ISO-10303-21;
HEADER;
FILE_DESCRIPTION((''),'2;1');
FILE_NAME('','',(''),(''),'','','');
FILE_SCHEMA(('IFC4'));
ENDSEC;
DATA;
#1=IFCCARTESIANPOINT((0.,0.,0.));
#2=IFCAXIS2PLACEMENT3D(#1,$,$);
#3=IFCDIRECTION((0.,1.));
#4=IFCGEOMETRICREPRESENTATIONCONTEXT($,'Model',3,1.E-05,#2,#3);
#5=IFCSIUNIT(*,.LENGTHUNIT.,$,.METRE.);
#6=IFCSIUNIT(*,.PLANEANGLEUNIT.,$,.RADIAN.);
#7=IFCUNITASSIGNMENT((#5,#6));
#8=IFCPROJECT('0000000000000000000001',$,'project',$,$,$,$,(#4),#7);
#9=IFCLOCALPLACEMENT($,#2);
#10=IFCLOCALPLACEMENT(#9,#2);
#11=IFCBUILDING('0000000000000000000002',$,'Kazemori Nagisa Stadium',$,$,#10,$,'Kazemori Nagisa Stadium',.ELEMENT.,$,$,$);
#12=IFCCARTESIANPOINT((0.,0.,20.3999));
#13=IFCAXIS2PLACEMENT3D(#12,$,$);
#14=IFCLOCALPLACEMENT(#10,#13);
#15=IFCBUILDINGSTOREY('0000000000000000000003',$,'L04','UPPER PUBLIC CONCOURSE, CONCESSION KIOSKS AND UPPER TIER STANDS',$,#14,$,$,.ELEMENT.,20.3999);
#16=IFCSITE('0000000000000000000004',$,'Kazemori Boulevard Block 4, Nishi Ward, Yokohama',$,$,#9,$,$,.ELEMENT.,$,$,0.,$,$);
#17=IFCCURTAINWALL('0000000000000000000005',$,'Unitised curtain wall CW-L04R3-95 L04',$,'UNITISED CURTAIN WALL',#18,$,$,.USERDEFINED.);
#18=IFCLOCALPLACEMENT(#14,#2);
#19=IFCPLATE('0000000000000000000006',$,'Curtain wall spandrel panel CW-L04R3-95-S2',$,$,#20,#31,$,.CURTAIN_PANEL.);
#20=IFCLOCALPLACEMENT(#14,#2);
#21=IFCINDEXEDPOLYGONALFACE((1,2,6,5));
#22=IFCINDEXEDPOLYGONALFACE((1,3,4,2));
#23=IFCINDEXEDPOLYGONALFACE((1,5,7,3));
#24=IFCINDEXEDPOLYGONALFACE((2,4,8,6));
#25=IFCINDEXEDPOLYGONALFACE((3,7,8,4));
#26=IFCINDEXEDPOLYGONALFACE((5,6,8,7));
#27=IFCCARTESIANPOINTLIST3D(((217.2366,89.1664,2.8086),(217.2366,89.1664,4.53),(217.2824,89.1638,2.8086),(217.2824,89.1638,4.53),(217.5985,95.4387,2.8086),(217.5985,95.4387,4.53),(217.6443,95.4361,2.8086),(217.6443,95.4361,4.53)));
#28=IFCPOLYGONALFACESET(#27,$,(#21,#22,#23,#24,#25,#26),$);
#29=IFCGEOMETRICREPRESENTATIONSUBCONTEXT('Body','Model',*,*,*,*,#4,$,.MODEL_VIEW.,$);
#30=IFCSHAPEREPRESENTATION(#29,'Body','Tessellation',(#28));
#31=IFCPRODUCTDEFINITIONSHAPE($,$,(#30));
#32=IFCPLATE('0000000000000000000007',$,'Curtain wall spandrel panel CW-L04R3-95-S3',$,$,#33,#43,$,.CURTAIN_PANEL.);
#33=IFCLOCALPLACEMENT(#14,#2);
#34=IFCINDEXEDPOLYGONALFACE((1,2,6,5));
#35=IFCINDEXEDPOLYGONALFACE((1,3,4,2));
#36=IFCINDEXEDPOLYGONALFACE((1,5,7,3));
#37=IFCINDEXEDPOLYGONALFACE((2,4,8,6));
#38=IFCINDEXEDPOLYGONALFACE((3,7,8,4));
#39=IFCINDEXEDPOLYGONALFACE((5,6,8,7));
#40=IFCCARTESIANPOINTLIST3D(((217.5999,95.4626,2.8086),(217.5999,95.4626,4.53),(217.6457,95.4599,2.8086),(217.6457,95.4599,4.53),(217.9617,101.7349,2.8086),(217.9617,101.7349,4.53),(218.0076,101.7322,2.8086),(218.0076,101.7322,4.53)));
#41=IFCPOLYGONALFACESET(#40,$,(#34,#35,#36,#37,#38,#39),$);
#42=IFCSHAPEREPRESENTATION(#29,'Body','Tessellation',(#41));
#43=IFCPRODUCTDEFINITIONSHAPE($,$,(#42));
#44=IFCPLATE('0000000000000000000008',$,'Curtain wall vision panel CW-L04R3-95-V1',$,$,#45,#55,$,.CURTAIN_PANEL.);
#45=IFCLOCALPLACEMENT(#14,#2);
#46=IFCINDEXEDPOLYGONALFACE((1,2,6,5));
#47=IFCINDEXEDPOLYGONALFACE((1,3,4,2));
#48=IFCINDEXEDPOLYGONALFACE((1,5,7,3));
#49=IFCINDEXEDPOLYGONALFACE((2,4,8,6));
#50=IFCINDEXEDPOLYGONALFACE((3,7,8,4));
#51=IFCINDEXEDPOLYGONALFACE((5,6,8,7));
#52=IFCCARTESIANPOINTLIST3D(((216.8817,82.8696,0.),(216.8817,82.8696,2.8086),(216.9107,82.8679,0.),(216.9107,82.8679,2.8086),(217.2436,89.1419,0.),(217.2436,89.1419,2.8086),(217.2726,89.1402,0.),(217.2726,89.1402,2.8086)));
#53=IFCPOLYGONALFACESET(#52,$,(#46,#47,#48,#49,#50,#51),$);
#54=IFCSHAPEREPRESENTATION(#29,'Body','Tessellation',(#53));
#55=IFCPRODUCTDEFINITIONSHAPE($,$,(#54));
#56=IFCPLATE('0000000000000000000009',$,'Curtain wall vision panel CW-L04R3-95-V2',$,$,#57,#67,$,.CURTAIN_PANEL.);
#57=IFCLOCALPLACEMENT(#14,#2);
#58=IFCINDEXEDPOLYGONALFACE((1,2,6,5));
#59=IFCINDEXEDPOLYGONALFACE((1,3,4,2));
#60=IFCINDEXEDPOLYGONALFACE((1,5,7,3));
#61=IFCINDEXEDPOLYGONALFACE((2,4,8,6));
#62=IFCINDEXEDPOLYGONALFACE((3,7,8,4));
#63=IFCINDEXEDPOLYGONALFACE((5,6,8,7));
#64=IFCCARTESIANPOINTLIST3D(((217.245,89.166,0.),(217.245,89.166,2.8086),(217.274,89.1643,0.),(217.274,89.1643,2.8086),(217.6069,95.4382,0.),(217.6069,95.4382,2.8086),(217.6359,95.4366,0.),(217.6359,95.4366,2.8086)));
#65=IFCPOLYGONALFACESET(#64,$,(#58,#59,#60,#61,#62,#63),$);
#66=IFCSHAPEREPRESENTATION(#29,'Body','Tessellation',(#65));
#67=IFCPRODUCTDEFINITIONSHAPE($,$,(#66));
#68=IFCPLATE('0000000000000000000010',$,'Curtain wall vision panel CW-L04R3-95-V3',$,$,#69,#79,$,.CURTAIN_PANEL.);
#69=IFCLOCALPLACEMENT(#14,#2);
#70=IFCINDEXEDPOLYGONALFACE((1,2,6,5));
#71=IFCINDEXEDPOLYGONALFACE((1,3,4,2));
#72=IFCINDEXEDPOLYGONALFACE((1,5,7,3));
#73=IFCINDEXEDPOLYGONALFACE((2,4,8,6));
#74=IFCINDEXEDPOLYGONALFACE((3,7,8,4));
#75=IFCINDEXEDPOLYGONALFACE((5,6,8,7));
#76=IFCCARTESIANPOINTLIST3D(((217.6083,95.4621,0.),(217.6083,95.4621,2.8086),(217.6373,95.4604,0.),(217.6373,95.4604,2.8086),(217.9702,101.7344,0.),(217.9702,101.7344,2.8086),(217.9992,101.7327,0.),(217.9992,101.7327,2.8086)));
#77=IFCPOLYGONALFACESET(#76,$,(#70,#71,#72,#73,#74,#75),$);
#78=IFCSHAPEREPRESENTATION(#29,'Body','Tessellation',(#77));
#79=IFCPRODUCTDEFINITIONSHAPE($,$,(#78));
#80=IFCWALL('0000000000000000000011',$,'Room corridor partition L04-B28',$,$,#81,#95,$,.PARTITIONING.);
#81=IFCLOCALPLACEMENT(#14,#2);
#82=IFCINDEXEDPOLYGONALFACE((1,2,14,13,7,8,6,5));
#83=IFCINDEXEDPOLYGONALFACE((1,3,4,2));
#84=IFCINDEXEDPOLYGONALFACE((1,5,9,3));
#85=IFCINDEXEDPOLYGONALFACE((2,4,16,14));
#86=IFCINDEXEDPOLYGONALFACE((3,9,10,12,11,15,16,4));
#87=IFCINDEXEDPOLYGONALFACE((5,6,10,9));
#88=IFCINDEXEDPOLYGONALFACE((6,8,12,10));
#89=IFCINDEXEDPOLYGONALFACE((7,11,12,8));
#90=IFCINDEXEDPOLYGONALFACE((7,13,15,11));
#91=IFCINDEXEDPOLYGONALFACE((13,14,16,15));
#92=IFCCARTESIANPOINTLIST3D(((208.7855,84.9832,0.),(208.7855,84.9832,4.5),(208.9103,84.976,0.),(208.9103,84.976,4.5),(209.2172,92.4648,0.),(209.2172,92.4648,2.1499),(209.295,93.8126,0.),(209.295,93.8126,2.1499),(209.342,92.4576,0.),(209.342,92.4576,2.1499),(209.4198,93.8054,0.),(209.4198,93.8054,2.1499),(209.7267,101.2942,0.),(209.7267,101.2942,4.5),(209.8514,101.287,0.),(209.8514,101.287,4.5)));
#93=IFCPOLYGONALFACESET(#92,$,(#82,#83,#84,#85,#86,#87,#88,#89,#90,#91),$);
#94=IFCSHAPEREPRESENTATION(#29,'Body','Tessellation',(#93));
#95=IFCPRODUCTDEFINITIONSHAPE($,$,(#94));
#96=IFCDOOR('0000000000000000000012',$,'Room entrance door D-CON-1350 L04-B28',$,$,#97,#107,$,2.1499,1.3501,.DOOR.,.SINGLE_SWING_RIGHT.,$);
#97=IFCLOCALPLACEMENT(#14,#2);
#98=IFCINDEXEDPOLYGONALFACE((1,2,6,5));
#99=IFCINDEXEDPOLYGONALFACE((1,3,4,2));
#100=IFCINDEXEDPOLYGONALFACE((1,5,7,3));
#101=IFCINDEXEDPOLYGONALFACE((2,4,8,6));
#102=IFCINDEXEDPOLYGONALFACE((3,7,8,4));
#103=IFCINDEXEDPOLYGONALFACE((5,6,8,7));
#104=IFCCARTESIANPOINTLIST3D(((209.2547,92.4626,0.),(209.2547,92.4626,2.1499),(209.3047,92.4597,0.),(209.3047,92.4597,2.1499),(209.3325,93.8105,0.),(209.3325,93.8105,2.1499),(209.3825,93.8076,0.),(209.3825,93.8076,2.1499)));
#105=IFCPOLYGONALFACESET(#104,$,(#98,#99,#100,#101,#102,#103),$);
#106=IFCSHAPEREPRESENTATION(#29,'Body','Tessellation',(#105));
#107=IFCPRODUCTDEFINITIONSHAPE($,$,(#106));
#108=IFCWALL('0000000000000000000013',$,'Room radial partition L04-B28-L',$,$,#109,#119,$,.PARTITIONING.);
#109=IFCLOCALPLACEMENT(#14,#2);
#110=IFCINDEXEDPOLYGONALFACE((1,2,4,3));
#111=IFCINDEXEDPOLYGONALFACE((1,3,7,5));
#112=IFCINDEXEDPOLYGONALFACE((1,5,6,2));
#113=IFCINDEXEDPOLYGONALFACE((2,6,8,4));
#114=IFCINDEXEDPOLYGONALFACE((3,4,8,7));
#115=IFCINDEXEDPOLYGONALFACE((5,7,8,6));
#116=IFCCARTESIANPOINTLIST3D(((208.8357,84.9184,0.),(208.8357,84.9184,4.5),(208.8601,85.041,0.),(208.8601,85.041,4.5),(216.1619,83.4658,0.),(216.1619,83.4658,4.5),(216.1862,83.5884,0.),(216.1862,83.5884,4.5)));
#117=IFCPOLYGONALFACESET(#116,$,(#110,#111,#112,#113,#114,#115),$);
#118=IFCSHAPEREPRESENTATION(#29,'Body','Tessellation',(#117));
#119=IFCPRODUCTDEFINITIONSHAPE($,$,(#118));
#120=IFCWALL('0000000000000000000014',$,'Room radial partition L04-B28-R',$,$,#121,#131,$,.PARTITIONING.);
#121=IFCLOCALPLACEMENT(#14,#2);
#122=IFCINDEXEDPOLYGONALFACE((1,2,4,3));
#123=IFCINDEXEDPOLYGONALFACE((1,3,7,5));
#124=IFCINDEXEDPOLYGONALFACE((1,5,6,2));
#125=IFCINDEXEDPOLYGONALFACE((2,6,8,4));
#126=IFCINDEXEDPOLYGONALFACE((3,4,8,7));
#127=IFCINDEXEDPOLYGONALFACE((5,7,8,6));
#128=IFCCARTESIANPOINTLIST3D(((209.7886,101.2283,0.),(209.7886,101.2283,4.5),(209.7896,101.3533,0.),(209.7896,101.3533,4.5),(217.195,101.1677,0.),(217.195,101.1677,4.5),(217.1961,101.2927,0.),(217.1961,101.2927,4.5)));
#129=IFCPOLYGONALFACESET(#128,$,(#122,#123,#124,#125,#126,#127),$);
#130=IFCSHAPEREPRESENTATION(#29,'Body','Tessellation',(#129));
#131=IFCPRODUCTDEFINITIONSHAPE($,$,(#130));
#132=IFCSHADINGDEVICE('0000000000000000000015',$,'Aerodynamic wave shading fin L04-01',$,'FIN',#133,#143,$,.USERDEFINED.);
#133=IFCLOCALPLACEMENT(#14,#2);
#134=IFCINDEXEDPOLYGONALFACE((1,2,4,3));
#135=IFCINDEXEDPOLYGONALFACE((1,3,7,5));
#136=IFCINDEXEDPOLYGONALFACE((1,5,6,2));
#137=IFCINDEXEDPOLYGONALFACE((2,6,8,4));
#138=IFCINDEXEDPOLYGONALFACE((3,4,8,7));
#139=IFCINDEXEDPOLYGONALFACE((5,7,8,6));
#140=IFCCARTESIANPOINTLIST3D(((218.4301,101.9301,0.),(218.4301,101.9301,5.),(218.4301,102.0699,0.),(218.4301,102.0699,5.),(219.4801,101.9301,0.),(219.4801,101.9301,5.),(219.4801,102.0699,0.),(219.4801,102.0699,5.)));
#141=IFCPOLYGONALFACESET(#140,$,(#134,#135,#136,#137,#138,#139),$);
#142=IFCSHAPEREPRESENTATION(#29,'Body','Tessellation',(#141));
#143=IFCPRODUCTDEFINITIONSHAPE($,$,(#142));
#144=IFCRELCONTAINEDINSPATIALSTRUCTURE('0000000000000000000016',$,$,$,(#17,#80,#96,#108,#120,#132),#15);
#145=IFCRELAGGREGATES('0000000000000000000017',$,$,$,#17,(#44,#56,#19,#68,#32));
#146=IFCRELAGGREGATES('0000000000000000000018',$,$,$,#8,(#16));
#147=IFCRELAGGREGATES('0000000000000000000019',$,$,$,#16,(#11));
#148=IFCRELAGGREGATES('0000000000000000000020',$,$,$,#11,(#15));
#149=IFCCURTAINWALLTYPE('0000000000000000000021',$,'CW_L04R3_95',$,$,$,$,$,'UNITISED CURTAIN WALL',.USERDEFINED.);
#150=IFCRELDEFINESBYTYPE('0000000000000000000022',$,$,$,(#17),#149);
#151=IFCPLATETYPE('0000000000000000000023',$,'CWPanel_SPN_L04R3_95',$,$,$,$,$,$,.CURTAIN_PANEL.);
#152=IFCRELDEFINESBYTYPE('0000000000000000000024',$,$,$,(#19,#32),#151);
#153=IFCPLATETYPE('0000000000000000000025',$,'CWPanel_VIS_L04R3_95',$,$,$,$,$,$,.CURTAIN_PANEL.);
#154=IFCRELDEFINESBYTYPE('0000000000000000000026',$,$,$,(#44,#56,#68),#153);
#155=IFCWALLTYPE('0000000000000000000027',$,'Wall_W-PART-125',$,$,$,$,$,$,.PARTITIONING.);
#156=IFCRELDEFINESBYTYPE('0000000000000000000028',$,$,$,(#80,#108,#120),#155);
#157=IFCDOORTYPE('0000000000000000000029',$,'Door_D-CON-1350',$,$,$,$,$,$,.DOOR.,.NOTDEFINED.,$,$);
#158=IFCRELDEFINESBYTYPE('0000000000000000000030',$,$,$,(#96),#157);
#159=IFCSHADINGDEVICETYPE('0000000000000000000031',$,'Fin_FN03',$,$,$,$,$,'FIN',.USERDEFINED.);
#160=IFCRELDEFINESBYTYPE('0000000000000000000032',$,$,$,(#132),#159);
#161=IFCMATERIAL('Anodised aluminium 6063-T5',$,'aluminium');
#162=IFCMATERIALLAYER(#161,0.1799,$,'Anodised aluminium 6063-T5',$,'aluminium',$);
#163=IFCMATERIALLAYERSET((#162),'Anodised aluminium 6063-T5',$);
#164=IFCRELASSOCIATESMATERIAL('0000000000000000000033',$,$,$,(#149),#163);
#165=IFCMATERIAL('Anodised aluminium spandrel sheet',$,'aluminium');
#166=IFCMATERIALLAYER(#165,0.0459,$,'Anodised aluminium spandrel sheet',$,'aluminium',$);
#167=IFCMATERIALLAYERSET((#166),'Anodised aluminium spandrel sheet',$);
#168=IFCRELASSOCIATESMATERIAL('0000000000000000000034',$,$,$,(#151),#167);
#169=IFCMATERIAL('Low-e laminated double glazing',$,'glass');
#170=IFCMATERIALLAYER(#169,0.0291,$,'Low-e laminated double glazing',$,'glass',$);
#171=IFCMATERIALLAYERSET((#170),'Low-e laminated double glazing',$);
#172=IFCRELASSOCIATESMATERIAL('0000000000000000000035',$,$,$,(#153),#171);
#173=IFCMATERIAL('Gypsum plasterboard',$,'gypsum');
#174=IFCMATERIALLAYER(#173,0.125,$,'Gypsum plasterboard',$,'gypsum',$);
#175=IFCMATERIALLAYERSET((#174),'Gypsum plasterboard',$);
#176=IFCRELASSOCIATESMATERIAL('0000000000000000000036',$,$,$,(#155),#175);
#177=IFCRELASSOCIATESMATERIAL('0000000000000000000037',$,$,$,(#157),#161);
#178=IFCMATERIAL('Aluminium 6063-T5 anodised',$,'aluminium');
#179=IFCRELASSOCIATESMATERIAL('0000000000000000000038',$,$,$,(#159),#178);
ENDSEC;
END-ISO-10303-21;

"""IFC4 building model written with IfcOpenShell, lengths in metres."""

from ifc_helpers import new_model, si_unit, direction, frame, frame_2d, origin, origin_2d, place, context, subcontext, project, spatial, rectangle, extrude, material, layer, layer_set, type_object, element, fill, aggregate, save


model = new_model("IFC4")

# Units and contexts
model_context = context("Model", 3, precision=1e-05, world=origin(), true_north=direction((0.0, 1.0)))
body_context = subcontext(model_context, "Body", "Model", "MODEL_VIEW")
ifc_project = project(units=[si_unit("LENGTHUNIT", "METRE"), si_unit("PLANEANGLEUNIT", "RADIAN")], contexts=[model_context])

# Site, building, storey
site_placement = place(None, origin())
site = spatial("IfcSite", under=ifc_project, at=site_placement, Name="Kazemori Boulevard Block 4, Nishi Ward, Yokohama", CompositionType="ELEMENT", RefElevation=0.0)
building_placement = place(site_placement, origin())
building = spatial("IfcBuilding", under=site, at=building_placement, Name="Kazemori Nagisa Stadium", LongName="Kazemori Nagisa Stadium", CompositionType="ELEMENT")
storey_placement = place(building_placement, frame((0.0, 0.0, 20.3999)))
storey = spatial("IfcBuildingStorey", under=building, at=storey_placement, Name="L04", Description="UPPER PUBLIC CONCOURSE, CONCESSION KIOSKS AND UPPER TIER STANDS", CompositionType="ELEMENT", Elevation=20.3999)

# Curtain wall, plates
ifc_material_1 = material(Name="Anodised aluminium 6063-T5", Category="aluminium")
ifc_layer_1 = layer(ifc_material_1, 0.1799, Name="Anodised aluminium 6063-T5", Category="aluminium")
ifc_layer_set_1 = layer_set([ifc_layer_1], Name="Anodised aluminium 6063-T5")
curtain_wall_type = type_object("IfcCurtainWallType", Name="CW_L04R3_95", ElementType="UNITISED CURTAIN WALL", PredefinedType="USERDEFINED", material=ifc_layer_set_1)
curtain_wall_placement = place(storey_placement, origin())
curtain_wall = element("IfcCurtainWall", 1, at=curtain_wall_placement, inside=storey, type_object=curtain_wall_type, Name="Unitised curtain wall CW-L04R3-95 L04", ObjectType="UNITISED CURTAIN WALL", PredefinedType="USERDEFINED")
ifc_material_2 = material(Name="Aluminium 6063-T5 anodised", Category="aluminium")
ifc_material_3 = material(Name="Anodised aluminium spandrel sheet", Category="aluminium")
ifc_layer_2 = layer(ifc_material_3, 0.0459, Name="Anodised aluminium spandrel sheet", Category="aluminium")
ifc_layer_set_2 = layer_set([ifc_layer_2], Name="Anodised aluminium spandrel sheet")
plate_type_1 = type_object("IfcPlateType", Name="CWPanel_SPN_L04R3_95", PredefinedType="CURTAIN_PANEL", material=ifc_layer_set_2)
plate_1_placement = place(storey_placement, frame((217.4404, 92.3013, 2.8086), z_axis=(0.0, 0.0, 1.0), x_axis=(0.057602, 0.99834, 0.0)))
plate_1 = element("IfcPlate", 2, at=plate_1_placement, type_object=plate_type_1, Name="Curtain wall spandrel panel CW-L04R3-95-S2", PredefinedType="CURTAIN_PANEL", context=body_context, shape_type="SweptSolid", body=[
    extrude(rectangle(XDim=6.2827, YDim=0.0459, at=origin_2d()), origin(), (0.0, 0.0, 1.0), 1.7214),
])
plate_2_placement = place(storey_placement, frame((217.8037, 98.5974, 2.8086), z_axis=(0.0, 0.0, 1.0), x_axis=(0.057602, 0.99834, 0.0)))
plate_2 = element("IfcPlate", 3, at=plate_2_placement, type_object=plate_type_1, Name="Curtain wall spandrel panel CW-L04R3-95-S3", PredefinedType="CURTAIN_PANEL", context=body_context, shape_type="SweptSolid", body=[
    extrude(rectangle(XDim=6.2827, YDim=0.0459, at=origin_2d()), origin(), (0.0, 0.0, 1.0), 1.7214),
])
ifc_material_4 = material(Name="Low-e laminated double glazing", Category="glass")
ifc_layer_3 = layer(ifc_material_4, 0.0291, Name="Low-e laminated double glazing", Category="glass")
ifc_layer_set_3 = layer_set([ifc_layer_3], Name="Low-e laminated double glazing")
plate_type_2 = type_object("IfcPlateType", Name="CWPanel_VIS_L04R3_95", PredefinedType="CURTAIN_PANEL", material=ifc_layer_set_3)
plate_3_placement = place(storey_placement, frame((217.0771, 86.0049, 0.0), z_axis=(0.0, 0.0, 1.0), x_axis=(0.057602, 0.99834, 0.0)))
plate_3 = element("IfcPlate", 4, at=plate_3_placement, type_object=plate_type_2, Name="Curtain wall vision panel CW-L04R3-95-V1", PredefinedType="CURTAIN_PANEL", context=body_context, shape_type="SweptSolid", body=[
    extrude(rectangle(XDim=6.2827, YDim=0.0291, at=origin_2d()), origin(), (0.0, 0.0, 1.0), 2.8086),
])
plate_4_placement = place(storey_placement, frame((217.4404, 92.3013, 0.0), z_axis=(0.0, 0.0, 1.0), x_axis=(0.057602, 0.99834, 0.0)))
plate_4 = element("IfcPlate", 5, at=plate_4_placement, type_object=plate_type_2, Name="Curtain wall vision panel CW-L04R3-95-V2", PredefinedType="CURTAIN_PANEL", context=body_context, shape_type="SweptSolid", body=[
    extrude(rectangle(XDim=6.2827, YDim=0.0291, at=origin_2d()), origin(), (0.0, 0.0, 1.0), 2.8086),
])
plate_5_placement = place(storey_placement, frame((217.8037, 98.5974, 0.0), z_axis=(0.0, 0.0, 1.0), x_axis=(0.057602, 0.99834, 0.0)))
plate_5 = element("IfcPlate", 6, at=plate_5_placement, type_object=plate_type_2, Name="Curtain wall vision panel CW-L04R3-95-V3", PredefinedType="CURTAIN_PANEL", context=body_context, shape_type="SweptSolid", body=[
    extrude(rectangle(XDim=6.2827, YDim=0.0291, at=origin_2d()), origin(), (0.0, 0.0, 1.0), 2.8086),
])
aggregate(curtain_wall, [plate_3, plate_4, plate_1, plate_5, plate_2])

# Wall, opening, door
ifc_material_5 = material(Name="Gypsum plasterboard", Category="gypsum")
ifc_layer_4 = layer(ifc_material_5, 0.125, Name="Gypsum plasterboard", Category="gypsum")
ifc_layer_set_4 = layer_set([ifc_layer_4], Name="Gypsum plasterboard")
wall_type = type_object("IfcWallType", Name="Wall_W-PART-125", PredefinedType="PARTITIONING", material=ifc_layer_set_4)
wall_1_placement = place(storey_placement, frame((208.8479, 84.9797, 0.0), z_axis=(0.0, 0.0, 1.0), x_axis=(0.057605, 0.998339, 0.0)))
wall_1 = element("IfcWall", 7, at=wall_1_placement, inside=storey, type_object=wall_type, Name="Room corridor partition L04-B28", PredefinedType="PARTITIONING", context=body_context, shape_type="SweptSolid", body=[
    extrude(rectangle(XDim=16.3381, YDim=0.125, at=frame_2d((8.1689, 0.0))), origin(), (0.0, 0.0, 1.0), 4.5),
])
opening_placement = place(wall_1_placement, frame((7.4939, 0.0, 0.0)))
opening = element("IfcOpeningElement", 8, at=opening_placement, cuts=wall_1, PredefinedType="OPENING", context=body_context, shape_type="SweptSolid", body=[
    extrude(rectangle(XDim=1.3501, YDim=2.1499, at=frame_2d((0.675, 1.075))), frame((0.0, 0.0725, 0.0), z_axis=(0.0, -1.0, 0.0), x_axis=(1.0, 0.0, 0.0)), (0.0, 0.0, 1.0), 0.145),
])
door_type = type_object("IfcDoorType", Name="Door_D-CON-1350", OperationType="NOTDEFINED", PredefinedType="DOOR", material=ifc_material_1)
door_placement = place(opening_placement, origin())
door = element("IfcDoor", 9, at=door_placement, inside=storey, type_object=door_type, Name="Room entrance door D-CON-1350 L04-B28", OperationType="SINGLE_SWING_RIGHT", OverallHeight=2.1499, OverallWidth=1.3501, PredefinedType="DOOR", context=body_context, shape_type="SweptSolid", body=[
    extrude(rectangle(XDim=1.3501, YDim=2.1499, at=frame_2d((0.675, 1.075))), frame((0.0, 0.0249, 0.0), z_axis=(0.0, -1.0, 0.0), x_axis=(1.0, 0.0, 0.0)), (0.0, 0.0, 1.0), 0.05),
])
fill(opening, door)

# Walls
wall_2_placement = place(storey_placement, frame((208.8479, 84.9797, 0.0), z_axis=(0.0, 0.0, 1.0), x_axis=(0.980904, -0.194494, 0.0)))
element("IfcWall", 10, at=wall_2_placement, inside=storey, type_object=wall_type, Name="Room radial partition L04-B28-L", PredefinedType="PARTITIONING", context=body_context, shape_type="SweptSolid", body=[
    extrude(rectangle(XDim=7.4688, YDim=0.125, at=frame_2d((3.7344, 0.0))), origin(), (0.0, 0.0, 1.0), 4.5),
])
wall_3_placement = place(storey_placement, frame((209.7891, 101.2908, 0.0), z_axis=(0.0, 0.0, 1.0), x_axis=(0.999967, -0.008175, 0.0)))
element("IfcWall", 11, at=wall_3_placement, inside=storey, type_object=wall_type, Name="Room radial partition L04-B28-R", PredefinedType="PARTITIONING", context=body_context, shape_type="SweptSolid", body=[
    extrude(rectangle(XDim=7.4067, YDim=0.125, at=frame_2d((3.7034, 0.0))), origin(), (0.0, 0.0, 1.0), 4.5),
])

# Shading device
shading_device_type = type_object("IfcShadingDeviceType", Name="Fin_FN03", ElementType="FIN", PredefinedType="USERDEFINED", material=ifc_material_2)
shading_device_placement = place(storey_placement, frame((218.9551, 102.0, 0.0), z_axis=(0.0, 0.0, 1.0), x_axis=(1.0, 0.0, 0.0)))
element("IfcShadingDevice", 12, at=shading_device_placement, inside=storey, type_object=shading_device_type, Name="Aerodynamic wave shading fin L04-01", ObjectType="FIN", PredefinedType="USERDEFINED", context=body_context, shape_type="SweptSolid", body=[
    extrude(rectangle(XDim=1.05, YDim=0.1399, at=origin_2d()), origin(), (0.0, 0.0, 1.0), 5.0),
])

save(model, "model.ifc")
